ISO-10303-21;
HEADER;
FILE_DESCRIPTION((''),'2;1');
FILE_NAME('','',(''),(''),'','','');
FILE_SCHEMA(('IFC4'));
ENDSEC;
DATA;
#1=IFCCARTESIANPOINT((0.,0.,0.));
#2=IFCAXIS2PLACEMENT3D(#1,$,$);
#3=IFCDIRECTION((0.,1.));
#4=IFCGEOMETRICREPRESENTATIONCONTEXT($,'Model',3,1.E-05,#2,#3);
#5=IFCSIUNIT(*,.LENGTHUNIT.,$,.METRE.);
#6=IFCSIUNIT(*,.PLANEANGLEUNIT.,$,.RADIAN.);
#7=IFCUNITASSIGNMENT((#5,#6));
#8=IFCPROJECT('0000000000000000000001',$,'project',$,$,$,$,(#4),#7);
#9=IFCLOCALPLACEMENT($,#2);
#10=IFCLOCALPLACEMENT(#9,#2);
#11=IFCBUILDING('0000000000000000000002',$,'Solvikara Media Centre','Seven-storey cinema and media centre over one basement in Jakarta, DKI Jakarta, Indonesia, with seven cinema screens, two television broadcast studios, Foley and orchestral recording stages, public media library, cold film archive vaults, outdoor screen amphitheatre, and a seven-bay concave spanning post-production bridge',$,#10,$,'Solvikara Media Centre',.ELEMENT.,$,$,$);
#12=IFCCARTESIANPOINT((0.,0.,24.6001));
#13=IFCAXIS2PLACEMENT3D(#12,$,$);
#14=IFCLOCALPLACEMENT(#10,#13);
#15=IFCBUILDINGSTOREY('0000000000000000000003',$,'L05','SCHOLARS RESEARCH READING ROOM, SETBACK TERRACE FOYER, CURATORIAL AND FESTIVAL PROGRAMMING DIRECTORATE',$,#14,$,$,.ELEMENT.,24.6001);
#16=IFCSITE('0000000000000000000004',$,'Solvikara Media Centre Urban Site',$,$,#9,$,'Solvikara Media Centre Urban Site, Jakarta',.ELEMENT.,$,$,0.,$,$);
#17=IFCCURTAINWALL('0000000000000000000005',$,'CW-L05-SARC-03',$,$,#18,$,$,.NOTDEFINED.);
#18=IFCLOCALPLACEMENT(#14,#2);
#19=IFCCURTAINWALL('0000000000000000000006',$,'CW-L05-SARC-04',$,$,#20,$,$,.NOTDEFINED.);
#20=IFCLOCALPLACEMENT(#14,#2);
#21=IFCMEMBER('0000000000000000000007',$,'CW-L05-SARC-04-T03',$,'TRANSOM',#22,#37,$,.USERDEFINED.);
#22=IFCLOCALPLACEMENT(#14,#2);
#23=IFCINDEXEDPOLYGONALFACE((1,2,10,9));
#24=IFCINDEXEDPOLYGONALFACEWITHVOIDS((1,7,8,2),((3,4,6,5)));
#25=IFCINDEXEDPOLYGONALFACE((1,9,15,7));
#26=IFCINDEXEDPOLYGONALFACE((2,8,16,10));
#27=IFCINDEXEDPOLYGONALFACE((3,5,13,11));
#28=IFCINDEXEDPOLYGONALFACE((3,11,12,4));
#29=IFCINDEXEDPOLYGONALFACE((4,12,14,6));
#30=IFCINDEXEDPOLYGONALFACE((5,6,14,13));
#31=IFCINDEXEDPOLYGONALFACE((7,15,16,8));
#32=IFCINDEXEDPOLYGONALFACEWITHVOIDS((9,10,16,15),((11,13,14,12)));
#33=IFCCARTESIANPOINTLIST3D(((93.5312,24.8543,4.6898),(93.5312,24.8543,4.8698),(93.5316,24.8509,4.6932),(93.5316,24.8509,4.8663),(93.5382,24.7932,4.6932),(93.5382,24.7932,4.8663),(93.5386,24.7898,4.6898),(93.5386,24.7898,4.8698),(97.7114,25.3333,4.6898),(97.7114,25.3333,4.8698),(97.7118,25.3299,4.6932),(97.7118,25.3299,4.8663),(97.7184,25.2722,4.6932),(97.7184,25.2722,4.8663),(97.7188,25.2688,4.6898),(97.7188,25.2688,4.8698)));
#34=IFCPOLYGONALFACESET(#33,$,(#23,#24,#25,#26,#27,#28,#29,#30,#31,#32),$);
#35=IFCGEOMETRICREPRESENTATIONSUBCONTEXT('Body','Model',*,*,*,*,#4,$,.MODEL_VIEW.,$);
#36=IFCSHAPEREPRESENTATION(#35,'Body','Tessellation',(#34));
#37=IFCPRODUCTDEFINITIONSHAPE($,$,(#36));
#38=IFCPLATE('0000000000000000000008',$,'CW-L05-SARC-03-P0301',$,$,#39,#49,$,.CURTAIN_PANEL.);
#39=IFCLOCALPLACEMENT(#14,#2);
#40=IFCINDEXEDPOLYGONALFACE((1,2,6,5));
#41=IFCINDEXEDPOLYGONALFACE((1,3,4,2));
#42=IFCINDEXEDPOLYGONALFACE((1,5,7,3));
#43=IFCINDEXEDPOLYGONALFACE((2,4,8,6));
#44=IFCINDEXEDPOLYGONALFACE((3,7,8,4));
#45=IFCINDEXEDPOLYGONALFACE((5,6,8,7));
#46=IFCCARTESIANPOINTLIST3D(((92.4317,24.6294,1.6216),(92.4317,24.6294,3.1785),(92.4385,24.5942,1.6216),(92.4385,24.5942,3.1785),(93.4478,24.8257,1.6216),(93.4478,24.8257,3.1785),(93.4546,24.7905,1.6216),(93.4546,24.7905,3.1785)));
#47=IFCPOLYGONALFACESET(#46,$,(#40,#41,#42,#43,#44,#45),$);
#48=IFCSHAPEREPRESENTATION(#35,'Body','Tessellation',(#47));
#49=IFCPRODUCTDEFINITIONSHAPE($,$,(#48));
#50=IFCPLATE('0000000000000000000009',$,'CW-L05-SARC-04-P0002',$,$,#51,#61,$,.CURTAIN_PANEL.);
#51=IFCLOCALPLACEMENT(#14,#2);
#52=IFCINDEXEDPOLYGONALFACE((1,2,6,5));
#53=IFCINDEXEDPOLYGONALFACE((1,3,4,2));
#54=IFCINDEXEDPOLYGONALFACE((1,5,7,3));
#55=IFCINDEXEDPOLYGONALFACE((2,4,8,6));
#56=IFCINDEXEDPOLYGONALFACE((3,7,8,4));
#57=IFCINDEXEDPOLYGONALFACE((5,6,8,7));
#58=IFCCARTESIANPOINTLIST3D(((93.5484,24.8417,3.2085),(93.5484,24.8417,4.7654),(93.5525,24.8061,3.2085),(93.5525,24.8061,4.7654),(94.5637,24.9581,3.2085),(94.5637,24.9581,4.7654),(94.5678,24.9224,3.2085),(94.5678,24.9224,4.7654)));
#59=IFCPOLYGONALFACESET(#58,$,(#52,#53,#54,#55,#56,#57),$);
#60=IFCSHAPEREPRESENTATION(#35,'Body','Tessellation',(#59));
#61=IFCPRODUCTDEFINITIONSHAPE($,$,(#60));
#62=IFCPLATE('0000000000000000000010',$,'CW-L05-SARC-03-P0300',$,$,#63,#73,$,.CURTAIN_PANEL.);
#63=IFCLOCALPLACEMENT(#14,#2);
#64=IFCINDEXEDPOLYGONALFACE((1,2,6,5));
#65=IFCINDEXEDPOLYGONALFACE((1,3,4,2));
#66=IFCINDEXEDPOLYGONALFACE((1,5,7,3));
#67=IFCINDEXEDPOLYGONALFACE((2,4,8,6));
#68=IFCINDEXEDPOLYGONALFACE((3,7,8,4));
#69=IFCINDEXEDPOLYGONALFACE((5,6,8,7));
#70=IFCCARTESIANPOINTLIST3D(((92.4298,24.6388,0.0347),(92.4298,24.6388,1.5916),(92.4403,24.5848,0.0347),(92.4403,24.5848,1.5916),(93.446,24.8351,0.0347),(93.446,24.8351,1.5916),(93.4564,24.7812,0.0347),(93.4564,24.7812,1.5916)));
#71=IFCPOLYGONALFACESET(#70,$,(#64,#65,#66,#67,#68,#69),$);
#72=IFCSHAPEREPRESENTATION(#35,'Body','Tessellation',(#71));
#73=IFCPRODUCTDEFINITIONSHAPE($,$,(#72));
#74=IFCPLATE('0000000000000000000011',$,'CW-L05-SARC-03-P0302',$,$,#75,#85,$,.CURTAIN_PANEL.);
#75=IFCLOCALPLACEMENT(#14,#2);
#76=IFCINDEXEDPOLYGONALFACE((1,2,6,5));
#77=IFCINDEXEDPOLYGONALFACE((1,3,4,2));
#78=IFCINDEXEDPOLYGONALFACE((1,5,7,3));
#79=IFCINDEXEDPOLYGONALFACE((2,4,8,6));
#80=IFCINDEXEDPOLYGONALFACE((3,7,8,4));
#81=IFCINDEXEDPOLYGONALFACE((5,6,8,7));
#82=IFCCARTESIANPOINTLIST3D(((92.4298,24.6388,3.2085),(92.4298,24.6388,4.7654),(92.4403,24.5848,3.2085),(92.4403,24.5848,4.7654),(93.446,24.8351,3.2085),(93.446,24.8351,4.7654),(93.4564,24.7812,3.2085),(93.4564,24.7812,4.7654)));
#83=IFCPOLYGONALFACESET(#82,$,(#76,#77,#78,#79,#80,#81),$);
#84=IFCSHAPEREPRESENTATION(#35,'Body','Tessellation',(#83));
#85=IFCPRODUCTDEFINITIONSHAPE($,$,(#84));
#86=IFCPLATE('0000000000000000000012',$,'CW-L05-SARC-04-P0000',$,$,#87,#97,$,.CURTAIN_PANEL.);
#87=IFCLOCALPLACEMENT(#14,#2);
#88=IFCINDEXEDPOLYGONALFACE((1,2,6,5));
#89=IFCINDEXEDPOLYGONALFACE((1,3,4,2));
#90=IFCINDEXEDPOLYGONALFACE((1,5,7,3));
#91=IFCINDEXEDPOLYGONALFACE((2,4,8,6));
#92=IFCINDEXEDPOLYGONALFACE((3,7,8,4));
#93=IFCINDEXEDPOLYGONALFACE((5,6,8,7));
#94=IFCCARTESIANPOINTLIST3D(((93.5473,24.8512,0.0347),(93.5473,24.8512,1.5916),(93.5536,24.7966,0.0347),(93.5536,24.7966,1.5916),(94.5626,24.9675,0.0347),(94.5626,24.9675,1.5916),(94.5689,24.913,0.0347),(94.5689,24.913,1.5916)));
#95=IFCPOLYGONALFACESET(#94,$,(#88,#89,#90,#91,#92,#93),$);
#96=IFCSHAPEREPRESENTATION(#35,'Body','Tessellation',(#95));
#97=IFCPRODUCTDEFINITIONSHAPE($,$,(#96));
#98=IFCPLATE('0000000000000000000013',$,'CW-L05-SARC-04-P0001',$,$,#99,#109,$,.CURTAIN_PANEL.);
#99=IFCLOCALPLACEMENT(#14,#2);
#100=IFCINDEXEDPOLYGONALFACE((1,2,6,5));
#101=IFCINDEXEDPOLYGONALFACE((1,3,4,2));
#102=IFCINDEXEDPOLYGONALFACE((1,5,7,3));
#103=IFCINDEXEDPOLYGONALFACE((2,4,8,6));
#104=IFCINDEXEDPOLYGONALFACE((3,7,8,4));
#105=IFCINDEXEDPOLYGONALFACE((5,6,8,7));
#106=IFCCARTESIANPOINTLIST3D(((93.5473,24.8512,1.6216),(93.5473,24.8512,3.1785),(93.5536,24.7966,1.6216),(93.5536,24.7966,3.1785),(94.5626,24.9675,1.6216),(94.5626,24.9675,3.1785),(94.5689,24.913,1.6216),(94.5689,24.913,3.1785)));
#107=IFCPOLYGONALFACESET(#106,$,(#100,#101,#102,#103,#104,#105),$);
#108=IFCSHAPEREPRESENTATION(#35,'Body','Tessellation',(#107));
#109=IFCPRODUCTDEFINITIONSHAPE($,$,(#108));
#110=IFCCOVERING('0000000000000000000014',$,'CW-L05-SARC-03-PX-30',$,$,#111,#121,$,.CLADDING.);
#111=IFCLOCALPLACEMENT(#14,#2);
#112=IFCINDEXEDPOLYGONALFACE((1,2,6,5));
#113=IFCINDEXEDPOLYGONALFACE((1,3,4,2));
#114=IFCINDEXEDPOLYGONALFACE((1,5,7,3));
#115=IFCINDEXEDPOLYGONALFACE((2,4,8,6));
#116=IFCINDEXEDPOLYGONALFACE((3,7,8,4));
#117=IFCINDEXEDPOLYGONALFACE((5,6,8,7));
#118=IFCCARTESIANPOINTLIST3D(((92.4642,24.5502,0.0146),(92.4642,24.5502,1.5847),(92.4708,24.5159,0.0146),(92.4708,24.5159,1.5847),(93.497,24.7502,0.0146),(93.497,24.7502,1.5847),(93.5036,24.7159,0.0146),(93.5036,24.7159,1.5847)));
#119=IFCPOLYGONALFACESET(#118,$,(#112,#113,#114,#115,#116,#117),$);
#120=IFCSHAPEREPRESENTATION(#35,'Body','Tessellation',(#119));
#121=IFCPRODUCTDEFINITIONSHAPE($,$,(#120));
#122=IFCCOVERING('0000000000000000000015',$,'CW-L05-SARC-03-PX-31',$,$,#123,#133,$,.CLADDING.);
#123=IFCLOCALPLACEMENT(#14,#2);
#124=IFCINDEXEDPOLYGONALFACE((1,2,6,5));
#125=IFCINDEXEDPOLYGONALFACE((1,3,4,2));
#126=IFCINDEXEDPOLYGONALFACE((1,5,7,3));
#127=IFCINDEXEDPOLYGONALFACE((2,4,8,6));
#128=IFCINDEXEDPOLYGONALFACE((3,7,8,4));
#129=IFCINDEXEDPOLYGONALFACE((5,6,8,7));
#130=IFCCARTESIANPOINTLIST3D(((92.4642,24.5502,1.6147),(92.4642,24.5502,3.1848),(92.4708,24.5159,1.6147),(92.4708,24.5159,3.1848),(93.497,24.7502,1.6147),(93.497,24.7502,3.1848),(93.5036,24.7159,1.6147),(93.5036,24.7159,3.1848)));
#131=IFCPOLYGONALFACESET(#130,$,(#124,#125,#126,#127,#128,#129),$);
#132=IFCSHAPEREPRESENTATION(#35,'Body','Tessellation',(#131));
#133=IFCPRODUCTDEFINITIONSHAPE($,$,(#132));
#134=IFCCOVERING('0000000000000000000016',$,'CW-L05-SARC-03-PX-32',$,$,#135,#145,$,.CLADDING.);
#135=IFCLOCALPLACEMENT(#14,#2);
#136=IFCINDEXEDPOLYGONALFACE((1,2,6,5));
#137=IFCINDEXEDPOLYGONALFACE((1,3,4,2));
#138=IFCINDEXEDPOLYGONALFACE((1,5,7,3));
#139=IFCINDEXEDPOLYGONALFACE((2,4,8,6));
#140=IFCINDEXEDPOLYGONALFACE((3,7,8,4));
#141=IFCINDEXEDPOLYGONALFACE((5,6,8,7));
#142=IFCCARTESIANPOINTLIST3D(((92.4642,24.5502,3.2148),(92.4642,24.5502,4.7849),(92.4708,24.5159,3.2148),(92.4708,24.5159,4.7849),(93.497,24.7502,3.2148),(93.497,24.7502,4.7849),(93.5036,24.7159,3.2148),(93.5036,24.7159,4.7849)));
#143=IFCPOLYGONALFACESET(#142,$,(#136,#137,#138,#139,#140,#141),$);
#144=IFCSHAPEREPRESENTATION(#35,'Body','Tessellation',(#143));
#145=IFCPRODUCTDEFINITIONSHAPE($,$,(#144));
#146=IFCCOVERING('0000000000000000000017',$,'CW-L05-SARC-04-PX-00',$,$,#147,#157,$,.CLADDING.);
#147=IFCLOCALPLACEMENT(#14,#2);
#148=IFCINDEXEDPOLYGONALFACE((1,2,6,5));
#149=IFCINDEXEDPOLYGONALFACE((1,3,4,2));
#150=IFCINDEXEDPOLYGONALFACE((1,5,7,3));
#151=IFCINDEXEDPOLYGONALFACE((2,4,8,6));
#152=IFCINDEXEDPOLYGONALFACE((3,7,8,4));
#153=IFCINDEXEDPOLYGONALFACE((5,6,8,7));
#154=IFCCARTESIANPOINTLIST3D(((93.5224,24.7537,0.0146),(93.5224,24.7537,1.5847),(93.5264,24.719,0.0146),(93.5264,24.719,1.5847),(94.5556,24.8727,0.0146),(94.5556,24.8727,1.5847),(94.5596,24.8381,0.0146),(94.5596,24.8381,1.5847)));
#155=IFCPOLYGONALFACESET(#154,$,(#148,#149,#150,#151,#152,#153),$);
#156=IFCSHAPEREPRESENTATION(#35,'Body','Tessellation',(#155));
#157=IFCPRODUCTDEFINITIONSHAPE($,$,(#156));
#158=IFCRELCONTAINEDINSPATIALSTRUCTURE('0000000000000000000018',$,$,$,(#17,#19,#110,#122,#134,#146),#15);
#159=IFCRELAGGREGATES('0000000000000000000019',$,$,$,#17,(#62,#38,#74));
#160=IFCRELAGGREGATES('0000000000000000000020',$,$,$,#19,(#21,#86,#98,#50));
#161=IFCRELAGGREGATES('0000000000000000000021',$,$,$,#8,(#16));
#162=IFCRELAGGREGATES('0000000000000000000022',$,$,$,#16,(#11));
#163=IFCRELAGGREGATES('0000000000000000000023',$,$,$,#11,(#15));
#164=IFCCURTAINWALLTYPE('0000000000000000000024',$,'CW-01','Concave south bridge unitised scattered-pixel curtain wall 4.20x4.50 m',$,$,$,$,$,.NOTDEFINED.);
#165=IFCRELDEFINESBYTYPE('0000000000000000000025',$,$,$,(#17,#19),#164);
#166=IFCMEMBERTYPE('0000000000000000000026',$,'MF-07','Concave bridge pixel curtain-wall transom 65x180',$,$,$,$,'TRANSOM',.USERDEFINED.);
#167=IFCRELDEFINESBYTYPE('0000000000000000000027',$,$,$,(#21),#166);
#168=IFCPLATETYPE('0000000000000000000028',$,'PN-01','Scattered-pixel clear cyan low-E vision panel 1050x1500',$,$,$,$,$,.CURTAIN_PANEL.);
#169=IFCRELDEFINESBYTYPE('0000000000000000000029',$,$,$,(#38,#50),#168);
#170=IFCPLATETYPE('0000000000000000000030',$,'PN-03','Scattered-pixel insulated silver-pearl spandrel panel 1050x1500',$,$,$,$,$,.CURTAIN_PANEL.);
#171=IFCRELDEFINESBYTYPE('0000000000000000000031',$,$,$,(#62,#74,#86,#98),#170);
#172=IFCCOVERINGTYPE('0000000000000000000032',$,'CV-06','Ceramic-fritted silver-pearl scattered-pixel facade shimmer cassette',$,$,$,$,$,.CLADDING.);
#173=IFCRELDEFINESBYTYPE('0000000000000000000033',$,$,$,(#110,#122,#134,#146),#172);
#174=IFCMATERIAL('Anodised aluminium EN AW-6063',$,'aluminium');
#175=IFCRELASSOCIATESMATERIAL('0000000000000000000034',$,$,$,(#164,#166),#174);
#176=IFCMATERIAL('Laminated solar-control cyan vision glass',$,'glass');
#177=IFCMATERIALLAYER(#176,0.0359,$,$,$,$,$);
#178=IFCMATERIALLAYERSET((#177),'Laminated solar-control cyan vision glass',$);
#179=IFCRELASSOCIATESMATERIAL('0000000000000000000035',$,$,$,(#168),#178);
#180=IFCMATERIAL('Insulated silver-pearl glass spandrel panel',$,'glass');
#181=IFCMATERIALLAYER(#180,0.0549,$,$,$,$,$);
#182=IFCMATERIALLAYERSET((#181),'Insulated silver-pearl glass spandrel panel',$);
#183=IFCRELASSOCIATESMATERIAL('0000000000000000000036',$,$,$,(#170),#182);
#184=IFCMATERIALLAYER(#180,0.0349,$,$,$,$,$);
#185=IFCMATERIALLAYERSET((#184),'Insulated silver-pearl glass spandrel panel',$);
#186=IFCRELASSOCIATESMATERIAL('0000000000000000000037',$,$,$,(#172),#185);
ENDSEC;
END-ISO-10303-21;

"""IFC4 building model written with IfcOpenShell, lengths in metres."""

from ifc_helpers import new_model, si_unit, direction, frame, origin, origin_2d, place, context, subcontext, project, spatial, rectangle, hollow_rectangle, extrude, material, layer, layer_set, material_profile, profile_set, type_object, element, aggregate, save


model = new_model("IFC4")

# Units and contexts
model_context = context("Model", 3, precision=1e-05, world=origin(), true_north=direction((0.0, 1.0)))
body_context = subcontext(model_context, "Body", "Model", "MODEL_VIEW")
ifc_project = project(units=[si_unit("LENGTHUNIT", "METRE"), si_unit("PLANEANGLEUNIT", "RADIAN")], contexts=[model_context])

# Site, building, storey
site_placement = place(None, origin())
site = spatial("IfcSite", under=ifc_project, at=site_placement, Name="Solvikara Media Centre Urban Site", LongName="Solvikara Media Centre Urban Site, Jakarta", CompositionType="ELEMENT", RefElevation=0.0)
building_placement = place(site_placement, origin())
building = spatial("IfcBuilding", under=site, at=building_placement, Name="Solvikara Media Centre", Description="Seven-storey cinema and media centre over one basement in Jakarta, DKI Jakarta, Indonesia, with seven cinema screens, two television broadcast studios, Foley and orchestral recording stages, public media library, cold film archive vaults, outdoor screen amphitheatre, and a seven-bay concave spanning post-production bridge", LongName="Solvikara Media Centre", CompositionType="ELEMENT")
storey_placement = place(building_placement, frame((0.0, 0.0, 24.6001)))
storey = spatial("IfcBuildingStorey", under=building, at=storey_placement, Name="L05", Description="SCHOLARS RESEARCH READING ROOM, SETBACK TERRACE FOYER, CURATORIAL AND FESTIVAL PROGRAMMING DIRECTORATE", CompositionType="ELEMENT", Elevation=24.6001)

# Curtain wall
ifc_material_1 = material(Name="Anodised aluminium EN AW-6063", Category="aluminium")
curtain_wall_type = type_object("IfcCurtainWallType", Name="CW-01", Description="Concave south bridge unitised scattered-pixel curtain wall 4.20x4.50 m", PredefinedType="NOTDEFINED", material=ifc_material_1)
curtain_wall_1_placement = place(storey_placement, origin())
curtain_wall_1 = element("IfcCurtainWall", 1, at=curtain_wall_1_placement, inside=storey, type_object=curtain_wall_type, Name="CW-L05-SARC-03", PredefinedType="NOTDEFINED")

# Curtain wall, member
curtain_wall_2_placement = place(storey_placement, origin())
curtain_wall_2 = element("IfcCurtainWall", 2, at=curtain_wall_2_placement, inside=storey, type_object=curtain_wall_type, Name="CW-L05-SARC-04", PredefinedType="NOTDEFINED")
ifc_material_profile_1 = material_profile(ifc_material_1, hollow_rectangle(XDim=0.0649, YDim=0.1799, WallThickness=0.0034, at=origin_2d()), Name="ALU-T 65x180x3.5")
ifc_profile_set_1 = profile_set([ifc_material_profile_1], Name="Anodised aluminium EN AW-6063")
member_type_1 = type_object("IfcMemberType", Name="MF-07", Description="Concave bridge pixel curtain-wall transom 65x180", ElementType="TRANSOM", PredefinedType="USERDEFINED", material=ifc_profile_set_1)
member_1_placement = place(storey_placement, frame((93.5349, 24.822, 4.7798), z_axis=(0.993499, 0.113844, 0.0), x_axis=(-0.113844, 0.993499, 0.0)))
member_1 = element("IfcMember", 3, at=member_1_placement, type_object=member_type_1, Name="CW-L05-SARC-04-T03", ObjectType="TRANSOM", PredefinedType="USERDEFINED", context=body_context, shape_type="SweptSolid", body=[
    extrude(hollow_rectangle(XDim=0.0649, YDim=0.1799, WallThickness=0.0034, at=origin_2d()), origin(), (0.0, 0.0, 1.0), 4.2075),
])

# Plates
ifc_material_2 = material(Name="Laminated solar-control cyan vision glass", Category="glass")
ifc_layer_1 = layer(ifc_material_2, 0.0359)
ifc_layer_set_1 = layer_set([ifc_layer_1], Name="Laminated solar-control cyan vision glass")
plate_type_1 = type_object("IfcPlateType", Name="PN-01", Description="Scattered-pixel clear cyan low-E vision panel 1050x1500", PredefinedType="CURTAIN_PANEL", material=ifc_layer_set_1)
plate_1_placement = place(storey_placement, frame((92.9431, 24.71, 1.6216), z_axis=(0.0, 0.0, 1.0), x_axis=(0.981843, 0.189695, 0.0)))
plate_1 = element("IfcPlate", 4, at=plate_1_placement, type_object=plate_type_1, Name="CW-L05-SARC-03-P0301", PredefinedType="CURTAIN_PANEL", context=body_context, shape_type="SweptSolid", body=[
    extrude(rectangle(XDim=1.0349, YDim=0.0359, at=origin_2d()), origin(), (0.0, 0.0, 1.0), 1.5569),
])
plate_2_placement = place(storey_placement, frame((94.0581, 24.8821, 3.2085), z_axis=(0.0, 0.0, 1.0), x_axis=(0.993499, 0.113845, 0.0)))
plate_2 = element("IfcPlate", 5, at=plate_2_placement, type_object=plate_type_1, Name="CW-L05-SARC-04-P0002", PredefinedType="CURTAIN_PANEL", context=body_context, shape_type="SweptSolid", body=[
    extrude(rectangle(XDim=1.022, YDim=0.0359, at=origin_2d()), origin(), (0.0, 0.0, 1.0), 1.5569),
])
ifc_material_3 = material(Name="Insulated silver-pearl glass spandrel panel", Category="glass")
ifc_layer_2 = layer(ifc_material_3, 0.0549)
ifc_layer_set_2 = layer_set([ifc_layer_2], Name="Insulated silver-pearl glass spandrel panel")
plate_type_2 = type_object("IfcPlateType", Name="PN-03", Description="Scattered-pixel insulated silver-pearl spandrel panel 1050x1500", PredefinedType="CURTAIN_PANEL", material=ifc_layer_set_2)
plate_3_placement = place(storey_placement, frame((92.9431, 24.71, 0.0347), z_axis=(0.0, 0.0, 1.0), x_axis=(0.981843, 0.189695, 0.0)))
plate_3 = element("IfcPlate", 6, at=plate_3_placement, type_object=plate_type_2, Name="CW-L05-SARC-03-P0300", PredefinedType="CURTAIN_PANEL", context=body_context, shape_type="SweptSolid", body=[
    extrude(rectangle(XDim=1.0349, YDim=0.0549, at=origin_2d()), origin(), (0.0, 0.0, 1.0), 1.5569),
])
plate_4_placement = place(storey_placement, frame((92.9431, 24.71, 3.2085), z_axis=(0.0, 0.0, 1.0), x_axis=(0.981843, 0.189695, 0.0)))
plate_4 = element("IfcPlate", 7, at=plate_4_placement, type_object=plate_type_2, Name="CW-L05-SARC-03-P0302", PredefinedType="CURTAIN_PANEL", context=body_context, shape_type="SweptSolid", body=[
    extrude(rectangle(XDim=1.0349, YDim=0.0549, at=origin_2d()), origin(), (0.0, 0.0, 1.0), 1.5569),
])
aggregate(curtain_wall_1, [plate_3, plate_1, plate_4])
plate_5_placement = place(storey_placement, frame((94.0581, 24.8821, 0.0347), z_axis=(0.0, 0.0, 1.0), x_axis=(0.993499, 0.113845, 0.0)))
plate_5 = element("IfcPlate", 8, at=plate_5_placement, type_object=plate_type_2, Name="CW-L05-SARC-04-P0000", PredefinedType="CURTAIN_PANEL", context=body_context, shape_type="SweptSolid", body=[
    extrude(rectangle(XDim=1.022, YDim=0.0549, at=origin_2d()), origin(), (0.0, 0.0, 1.0), 1.5569),
])
plate_6_placement = place(storey_placement, frame((94.0581, 24.8821, 1.6216), z_axis=(0.0, 0.0, 1.0), x_axis=(0.993499, 0.113845, 0.0)))
plate_6 = element("IfcPlate", 9, at=plate_6_placement, type_object=plate_type_2, Name="CW-L05-SARC-04-P0001", PredefinedType="CURTAIN_PANEL", context=body_context, shape_type="SweptSolid", body=[
    extrude(rectangle(XDim=1.022, YDim=0.0549, at=origin_2d()), origin(), (0.0, 0.0, 1.0), 1.5569),
])
aggregate(curtain_wall_2, [member_1, plate_5, plate_6, plate_2])

# Coverings
ifc_layer_3 = layer(ifc_material_3, 0.0349)
ifc_layer_set_3 = layer_set([ifc_layer_3], Name="Insulated silver-pearl glass spandrel panel")
covering_type = type_object("IfcCoveringType", Name="CV-06", Description="Ceramic-fritted silver-pearl scattered-pixel facade shimmer cassette", PredefinedType="CLADDING", material=ifc_layer_set_3)
for number, where, z_axis, x_axis, name in (
    (10, (92.9839, 24.6331, 0.0146), (0.0, 0.0, 1.0), (0.981767, 0.190089, 0.0), "CW-L05-SARC-03-PX-30"),
    (11, (92.9839, 24.6331, 1.6147), (0.0, 0.0, 1.0), (0.981767, 0.190089, 0.0), "CW-L05-SARC-03-PX-31"),
    (12, (92.9839, 24.6331, 3.2148), (0.0, 0.0, 1.0), (0.981767, 0.190089, 0.0), "CW-L05-SARC-03-PX-32"),
):
    element("IfcCovering", number, at=place(storey_placement, frame(where, z_axis=z_axis, x_axis=x_axis)), inside=storey, type_object=covering_type, Name=name, PredefinedType="CLADDING", context=body_context, shape_type="SweptSolid", body=[
        extrude(rectangle(XDim=1.052, YDim=0.0349, at=origin_2d()), origin(), (0.0, 0.0, 1.0), 1.5701),
    ])
covering_placement = place(storey_placement, frame((94.041, 24.7959, 0.0146), z_axis=(0.0, 0.0, 1.0), x_axis=(0.993431, 0.114434, 0.0)))
element("IfcCovering", 13, at=covering_placement, inside=storey, type_object=covering_type, Name="CW-L05-SARC-04-PX-00", PredefinedType="CLADDING", context=body_context, shape_type="SweptSolid", body=[
    extrude(rectangle(XDim=1.04, YDim=0.0349, at=origin_2d()), origin(), (0.0, 0.0, 1.0), 1.5701),
])

save(model, "model.ifc")
